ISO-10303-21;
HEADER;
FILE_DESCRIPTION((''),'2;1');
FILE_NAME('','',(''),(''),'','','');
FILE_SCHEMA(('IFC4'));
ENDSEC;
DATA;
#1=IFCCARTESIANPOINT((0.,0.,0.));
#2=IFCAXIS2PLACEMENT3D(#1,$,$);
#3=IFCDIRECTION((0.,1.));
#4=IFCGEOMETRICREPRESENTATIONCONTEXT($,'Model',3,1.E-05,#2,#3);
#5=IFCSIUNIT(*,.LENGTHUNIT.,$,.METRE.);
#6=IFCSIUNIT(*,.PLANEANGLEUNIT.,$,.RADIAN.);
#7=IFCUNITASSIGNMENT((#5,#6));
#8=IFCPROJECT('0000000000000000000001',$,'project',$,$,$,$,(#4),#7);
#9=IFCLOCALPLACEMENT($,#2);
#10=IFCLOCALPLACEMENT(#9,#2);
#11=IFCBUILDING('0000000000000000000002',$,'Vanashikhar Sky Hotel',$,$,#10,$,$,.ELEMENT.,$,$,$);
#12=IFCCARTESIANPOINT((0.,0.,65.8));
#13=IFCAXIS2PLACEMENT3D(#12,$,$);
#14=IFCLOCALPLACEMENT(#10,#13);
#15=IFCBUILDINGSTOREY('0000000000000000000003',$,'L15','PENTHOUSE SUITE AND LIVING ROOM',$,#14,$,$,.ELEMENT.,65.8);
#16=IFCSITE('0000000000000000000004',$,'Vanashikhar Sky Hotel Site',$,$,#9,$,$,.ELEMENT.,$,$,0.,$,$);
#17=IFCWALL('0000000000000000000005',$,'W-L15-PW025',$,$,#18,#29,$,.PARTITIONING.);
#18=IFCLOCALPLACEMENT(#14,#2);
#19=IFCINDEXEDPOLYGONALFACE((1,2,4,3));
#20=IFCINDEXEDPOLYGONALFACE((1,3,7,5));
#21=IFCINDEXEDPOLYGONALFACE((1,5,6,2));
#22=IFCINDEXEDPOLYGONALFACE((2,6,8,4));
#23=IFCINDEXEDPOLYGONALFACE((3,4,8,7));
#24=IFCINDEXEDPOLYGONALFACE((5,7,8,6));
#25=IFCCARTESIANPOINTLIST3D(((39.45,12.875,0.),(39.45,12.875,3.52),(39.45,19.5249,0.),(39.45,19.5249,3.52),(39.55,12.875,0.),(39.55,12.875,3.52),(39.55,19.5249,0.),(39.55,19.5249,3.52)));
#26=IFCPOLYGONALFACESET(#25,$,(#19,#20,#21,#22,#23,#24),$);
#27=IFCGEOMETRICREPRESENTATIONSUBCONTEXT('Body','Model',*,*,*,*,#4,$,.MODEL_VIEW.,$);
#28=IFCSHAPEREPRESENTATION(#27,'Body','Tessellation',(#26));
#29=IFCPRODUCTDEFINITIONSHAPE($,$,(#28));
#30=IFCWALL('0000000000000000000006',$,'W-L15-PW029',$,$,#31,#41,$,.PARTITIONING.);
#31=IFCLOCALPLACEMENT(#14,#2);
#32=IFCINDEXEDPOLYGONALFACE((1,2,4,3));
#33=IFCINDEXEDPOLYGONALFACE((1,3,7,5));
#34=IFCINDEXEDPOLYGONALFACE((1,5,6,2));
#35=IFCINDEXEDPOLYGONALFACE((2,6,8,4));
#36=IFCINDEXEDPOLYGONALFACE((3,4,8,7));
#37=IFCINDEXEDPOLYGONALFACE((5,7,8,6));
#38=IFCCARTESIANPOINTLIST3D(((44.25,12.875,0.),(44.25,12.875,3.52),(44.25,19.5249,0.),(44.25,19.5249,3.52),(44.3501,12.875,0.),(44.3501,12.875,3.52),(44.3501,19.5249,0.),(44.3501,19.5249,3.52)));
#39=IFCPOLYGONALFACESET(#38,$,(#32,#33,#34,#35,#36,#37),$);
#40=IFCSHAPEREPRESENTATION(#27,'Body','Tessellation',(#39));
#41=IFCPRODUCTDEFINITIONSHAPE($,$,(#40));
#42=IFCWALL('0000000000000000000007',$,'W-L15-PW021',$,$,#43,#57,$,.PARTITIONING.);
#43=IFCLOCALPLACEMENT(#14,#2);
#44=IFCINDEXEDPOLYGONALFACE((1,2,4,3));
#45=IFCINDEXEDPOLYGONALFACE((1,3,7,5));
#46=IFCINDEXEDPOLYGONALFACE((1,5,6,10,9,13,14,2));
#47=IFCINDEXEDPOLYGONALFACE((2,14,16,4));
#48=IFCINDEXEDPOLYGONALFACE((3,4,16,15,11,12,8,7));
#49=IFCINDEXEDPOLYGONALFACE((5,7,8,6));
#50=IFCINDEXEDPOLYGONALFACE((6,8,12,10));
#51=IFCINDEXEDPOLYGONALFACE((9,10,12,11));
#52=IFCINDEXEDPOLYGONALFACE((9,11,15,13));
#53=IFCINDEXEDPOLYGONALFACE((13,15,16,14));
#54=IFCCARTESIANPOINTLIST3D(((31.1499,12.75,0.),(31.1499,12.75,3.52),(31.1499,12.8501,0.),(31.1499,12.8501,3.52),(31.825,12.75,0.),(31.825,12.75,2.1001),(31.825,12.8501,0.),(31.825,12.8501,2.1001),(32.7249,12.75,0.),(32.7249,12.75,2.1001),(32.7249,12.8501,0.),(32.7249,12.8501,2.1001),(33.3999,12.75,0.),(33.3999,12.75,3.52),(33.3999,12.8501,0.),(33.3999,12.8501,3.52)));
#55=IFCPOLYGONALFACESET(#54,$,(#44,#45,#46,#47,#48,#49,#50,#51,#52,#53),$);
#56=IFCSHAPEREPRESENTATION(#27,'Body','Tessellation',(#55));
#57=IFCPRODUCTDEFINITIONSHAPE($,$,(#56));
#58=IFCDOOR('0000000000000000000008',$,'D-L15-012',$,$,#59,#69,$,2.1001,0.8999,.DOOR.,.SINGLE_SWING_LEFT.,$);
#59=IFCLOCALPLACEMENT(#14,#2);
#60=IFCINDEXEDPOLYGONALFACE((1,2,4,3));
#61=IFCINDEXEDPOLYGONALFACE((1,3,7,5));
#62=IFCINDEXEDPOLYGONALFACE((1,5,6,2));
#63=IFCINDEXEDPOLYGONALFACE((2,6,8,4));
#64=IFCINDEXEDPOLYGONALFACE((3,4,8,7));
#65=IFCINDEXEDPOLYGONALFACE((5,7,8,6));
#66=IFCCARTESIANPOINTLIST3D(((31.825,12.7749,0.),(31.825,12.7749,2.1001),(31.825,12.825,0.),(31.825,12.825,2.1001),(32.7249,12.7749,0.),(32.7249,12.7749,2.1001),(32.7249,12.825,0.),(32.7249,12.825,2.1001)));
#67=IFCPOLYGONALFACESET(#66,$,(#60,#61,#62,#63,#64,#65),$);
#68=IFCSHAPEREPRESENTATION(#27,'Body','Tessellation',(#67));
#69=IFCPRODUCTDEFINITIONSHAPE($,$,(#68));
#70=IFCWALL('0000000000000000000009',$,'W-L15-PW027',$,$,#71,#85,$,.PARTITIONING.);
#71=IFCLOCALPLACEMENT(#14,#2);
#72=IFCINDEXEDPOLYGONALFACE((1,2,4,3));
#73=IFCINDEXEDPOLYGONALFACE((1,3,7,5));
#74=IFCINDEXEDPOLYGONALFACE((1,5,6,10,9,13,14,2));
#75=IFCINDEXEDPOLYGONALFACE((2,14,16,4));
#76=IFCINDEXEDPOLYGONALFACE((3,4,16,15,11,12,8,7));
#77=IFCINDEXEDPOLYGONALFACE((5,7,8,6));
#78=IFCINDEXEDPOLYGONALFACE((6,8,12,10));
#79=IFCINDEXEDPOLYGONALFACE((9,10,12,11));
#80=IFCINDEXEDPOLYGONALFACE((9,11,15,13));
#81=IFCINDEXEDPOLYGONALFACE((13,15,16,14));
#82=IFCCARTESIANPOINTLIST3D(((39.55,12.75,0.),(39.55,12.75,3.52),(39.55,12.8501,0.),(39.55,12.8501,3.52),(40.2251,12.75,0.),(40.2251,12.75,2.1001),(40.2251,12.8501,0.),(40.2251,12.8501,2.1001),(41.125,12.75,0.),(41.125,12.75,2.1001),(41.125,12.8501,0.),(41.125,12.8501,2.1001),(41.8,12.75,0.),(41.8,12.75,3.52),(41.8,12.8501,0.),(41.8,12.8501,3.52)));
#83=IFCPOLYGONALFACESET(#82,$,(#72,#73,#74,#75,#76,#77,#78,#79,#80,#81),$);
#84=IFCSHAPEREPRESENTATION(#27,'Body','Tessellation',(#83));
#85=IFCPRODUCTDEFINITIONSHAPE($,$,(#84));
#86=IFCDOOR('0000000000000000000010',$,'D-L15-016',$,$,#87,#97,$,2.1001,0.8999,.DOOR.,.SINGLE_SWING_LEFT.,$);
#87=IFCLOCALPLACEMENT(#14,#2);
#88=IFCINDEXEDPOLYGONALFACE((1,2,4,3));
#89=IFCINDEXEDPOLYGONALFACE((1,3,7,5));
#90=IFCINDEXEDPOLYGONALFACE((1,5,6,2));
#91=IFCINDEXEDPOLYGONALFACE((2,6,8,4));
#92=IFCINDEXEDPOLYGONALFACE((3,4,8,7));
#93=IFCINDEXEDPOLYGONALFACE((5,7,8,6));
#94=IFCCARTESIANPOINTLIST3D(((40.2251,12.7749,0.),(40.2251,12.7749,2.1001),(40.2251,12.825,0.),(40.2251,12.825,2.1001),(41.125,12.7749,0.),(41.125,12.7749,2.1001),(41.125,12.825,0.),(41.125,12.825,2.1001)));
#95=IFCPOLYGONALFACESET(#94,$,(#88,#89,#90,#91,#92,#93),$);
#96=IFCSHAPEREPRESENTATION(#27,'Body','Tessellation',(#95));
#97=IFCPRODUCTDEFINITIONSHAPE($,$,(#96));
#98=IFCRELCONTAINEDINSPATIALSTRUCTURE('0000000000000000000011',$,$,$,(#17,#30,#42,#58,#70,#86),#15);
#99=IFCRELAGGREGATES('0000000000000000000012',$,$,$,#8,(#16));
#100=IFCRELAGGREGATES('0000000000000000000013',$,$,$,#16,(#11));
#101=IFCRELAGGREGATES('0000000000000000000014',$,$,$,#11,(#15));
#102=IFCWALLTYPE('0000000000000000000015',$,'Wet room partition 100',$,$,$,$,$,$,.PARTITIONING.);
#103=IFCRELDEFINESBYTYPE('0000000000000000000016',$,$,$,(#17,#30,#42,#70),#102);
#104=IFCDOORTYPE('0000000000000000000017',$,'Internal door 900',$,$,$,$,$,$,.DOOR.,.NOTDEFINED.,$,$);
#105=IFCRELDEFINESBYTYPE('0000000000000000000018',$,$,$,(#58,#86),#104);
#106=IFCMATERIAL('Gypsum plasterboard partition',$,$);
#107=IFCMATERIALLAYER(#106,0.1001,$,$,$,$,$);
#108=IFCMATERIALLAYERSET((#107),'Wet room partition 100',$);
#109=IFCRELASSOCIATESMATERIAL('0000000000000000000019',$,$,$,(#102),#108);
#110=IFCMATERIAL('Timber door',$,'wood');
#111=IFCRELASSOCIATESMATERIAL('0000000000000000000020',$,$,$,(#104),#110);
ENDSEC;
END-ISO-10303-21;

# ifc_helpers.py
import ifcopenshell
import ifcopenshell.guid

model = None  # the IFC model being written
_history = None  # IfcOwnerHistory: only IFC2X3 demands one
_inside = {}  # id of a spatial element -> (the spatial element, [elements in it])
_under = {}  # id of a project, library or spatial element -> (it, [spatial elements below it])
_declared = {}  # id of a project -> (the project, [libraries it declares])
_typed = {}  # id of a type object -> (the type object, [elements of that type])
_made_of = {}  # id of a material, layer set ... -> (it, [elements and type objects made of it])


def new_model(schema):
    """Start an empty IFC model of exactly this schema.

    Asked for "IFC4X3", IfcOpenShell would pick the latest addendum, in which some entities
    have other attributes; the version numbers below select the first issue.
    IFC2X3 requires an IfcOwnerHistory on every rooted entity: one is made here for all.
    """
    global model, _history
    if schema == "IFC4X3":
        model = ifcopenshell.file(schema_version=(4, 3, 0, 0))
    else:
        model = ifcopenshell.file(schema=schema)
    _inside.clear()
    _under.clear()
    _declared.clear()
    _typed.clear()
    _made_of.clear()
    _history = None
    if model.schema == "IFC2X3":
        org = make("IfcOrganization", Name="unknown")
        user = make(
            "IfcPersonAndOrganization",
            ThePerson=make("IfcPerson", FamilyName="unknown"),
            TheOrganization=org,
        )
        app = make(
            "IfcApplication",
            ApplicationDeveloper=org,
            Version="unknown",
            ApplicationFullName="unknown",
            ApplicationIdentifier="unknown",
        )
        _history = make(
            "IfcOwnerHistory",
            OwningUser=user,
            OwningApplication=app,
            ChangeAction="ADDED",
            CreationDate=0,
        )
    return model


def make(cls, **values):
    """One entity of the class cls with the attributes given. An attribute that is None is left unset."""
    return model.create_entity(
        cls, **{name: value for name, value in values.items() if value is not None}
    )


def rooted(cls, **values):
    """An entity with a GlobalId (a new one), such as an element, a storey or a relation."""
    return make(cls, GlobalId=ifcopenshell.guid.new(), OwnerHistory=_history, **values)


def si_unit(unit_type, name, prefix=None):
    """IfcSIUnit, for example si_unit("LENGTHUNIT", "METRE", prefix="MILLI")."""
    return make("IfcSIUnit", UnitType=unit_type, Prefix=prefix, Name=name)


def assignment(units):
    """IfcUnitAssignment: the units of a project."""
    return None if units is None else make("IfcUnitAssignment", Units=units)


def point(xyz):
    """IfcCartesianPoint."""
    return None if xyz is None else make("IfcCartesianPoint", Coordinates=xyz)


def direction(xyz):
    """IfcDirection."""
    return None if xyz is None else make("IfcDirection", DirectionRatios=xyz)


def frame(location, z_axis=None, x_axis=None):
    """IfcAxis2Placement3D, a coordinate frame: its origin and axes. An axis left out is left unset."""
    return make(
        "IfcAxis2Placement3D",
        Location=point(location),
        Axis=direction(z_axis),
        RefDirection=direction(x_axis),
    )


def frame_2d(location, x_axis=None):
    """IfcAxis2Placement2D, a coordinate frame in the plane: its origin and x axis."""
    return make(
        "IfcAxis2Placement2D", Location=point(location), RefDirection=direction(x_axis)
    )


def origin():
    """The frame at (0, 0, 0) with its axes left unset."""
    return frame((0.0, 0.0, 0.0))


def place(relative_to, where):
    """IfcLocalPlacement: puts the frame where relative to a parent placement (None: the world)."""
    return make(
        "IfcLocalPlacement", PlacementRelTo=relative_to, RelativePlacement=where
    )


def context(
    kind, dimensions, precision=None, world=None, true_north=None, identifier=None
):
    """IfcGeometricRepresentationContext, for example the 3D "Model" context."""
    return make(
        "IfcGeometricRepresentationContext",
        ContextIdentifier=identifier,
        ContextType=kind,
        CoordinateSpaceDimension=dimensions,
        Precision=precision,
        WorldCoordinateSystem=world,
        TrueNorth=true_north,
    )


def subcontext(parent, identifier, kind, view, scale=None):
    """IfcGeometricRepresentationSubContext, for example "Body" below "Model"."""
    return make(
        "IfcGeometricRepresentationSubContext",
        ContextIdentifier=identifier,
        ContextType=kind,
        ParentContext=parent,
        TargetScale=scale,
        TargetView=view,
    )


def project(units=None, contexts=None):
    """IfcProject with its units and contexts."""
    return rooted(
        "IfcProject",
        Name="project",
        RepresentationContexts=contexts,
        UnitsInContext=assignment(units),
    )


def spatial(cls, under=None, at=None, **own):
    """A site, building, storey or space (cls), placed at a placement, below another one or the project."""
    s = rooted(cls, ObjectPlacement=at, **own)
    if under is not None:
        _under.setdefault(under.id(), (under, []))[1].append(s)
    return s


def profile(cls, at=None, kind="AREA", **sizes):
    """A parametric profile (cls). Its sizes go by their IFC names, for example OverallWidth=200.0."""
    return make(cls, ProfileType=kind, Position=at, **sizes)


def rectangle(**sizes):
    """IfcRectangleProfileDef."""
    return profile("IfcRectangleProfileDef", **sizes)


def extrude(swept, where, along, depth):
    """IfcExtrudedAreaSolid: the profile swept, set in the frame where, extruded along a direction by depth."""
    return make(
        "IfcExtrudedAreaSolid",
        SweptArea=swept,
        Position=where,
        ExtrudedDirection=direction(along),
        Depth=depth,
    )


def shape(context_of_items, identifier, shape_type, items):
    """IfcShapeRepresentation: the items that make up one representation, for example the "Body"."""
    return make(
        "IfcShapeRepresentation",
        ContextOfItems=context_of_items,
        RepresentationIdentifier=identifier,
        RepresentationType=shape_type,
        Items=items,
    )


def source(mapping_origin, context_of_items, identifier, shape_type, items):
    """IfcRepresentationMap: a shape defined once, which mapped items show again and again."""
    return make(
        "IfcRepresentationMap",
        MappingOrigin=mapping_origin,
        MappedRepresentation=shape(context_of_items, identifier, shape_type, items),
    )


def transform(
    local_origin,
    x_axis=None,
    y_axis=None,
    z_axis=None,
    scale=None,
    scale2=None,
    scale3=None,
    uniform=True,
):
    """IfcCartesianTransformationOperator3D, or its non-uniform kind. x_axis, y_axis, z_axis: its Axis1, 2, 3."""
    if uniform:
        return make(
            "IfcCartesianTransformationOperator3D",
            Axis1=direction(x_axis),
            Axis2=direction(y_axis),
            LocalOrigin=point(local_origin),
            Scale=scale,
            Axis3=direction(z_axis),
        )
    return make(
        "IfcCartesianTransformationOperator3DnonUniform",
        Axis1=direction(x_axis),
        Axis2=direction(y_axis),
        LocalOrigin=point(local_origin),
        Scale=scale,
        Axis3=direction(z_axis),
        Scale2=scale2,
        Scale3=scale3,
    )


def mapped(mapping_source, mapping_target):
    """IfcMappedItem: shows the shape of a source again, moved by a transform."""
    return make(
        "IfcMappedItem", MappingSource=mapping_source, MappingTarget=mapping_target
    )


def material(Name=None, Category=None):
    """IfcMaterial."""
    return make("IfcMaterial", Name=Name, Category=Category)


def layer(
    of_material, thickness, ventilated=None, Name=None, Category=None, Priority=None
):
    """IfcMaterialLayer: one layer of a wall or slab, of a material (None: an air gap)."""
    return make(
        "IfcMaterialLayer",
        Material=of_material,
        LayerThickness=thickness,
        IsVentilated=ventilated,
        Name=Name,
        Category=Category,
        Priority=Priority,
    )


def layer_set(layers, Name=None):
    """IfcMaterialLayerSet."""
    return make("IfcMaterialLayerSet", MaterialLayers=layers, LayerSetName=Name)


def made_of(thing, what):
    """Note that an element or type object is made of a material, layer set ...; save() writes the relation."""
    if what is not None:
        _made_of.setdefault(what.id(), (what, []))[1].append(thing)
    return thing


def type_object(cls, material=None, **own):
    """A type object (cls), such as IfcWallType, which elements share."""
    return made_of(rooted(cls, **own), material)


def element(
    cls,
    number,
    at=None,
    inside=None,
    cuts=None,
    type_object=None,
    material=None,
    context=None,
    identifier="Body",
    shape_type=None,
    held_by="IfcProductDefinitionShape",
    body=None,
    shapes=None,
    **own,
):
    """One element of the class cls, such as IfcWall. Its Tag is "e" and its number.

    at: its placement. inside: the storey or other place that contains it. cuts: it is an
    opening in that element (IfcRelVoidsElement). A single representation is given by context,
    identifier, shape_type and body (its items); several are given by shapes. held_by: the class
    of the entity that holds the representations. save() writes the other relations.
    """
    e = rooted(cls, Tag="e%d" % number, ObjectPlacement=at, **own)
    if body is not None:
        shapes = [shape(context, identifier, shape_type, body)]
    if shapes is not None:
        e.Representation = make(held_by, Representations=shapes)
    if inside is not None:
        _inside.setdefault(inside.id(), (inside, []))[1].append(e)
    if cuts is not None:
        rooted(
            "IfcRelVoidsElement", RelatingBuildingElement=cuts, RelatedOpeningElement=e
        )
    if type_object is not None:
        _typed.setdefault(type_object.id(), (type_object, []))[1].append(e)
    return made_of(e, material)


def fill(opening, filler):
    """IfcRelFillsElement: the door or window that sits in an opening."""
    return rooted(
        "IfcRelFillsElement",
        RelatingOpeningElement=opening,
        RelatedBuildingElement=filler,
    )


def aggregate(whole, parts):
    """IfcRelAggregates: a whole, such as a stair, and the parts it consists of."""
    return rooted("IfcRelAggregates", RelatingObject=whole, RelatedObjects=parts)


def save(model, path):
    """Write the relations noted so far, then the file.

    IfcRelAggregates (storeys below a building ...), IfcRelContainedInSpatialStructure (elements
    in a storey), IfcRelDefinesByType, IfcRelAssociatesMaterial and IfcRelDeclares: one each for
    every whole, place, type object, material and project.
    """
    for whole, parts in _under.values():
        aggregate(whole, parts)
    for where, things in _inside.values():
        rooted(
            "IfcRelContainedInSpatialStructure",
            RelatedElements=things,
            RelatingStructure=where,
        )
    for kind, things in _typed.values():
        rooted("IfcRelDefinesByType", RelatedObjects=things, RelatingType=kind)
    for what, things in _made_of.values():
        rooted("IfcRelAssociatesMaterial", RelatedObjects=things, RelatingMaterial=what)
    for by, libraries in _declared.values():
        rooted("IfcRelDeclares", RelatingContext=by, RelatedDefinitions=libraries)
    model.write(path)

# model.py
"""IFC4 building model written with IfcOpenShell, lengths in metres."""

from ifc_helpers import new_model, si_unit, direction, frame, frame_2d, origin, place, context, subcontext, project, spatial, rectangle, extrude, source, transform, mapped, material, layer, layer_set, type_object, element, fill, save


model = new_model("IFC4")

# Units and contexts
model_context = context("Model", 3, precision=1e-05, world=origin(), true_north=direction((0.0, 1.0)))
body_context = subcontext(model_context, "Body", "Model", "MODEL_VIEW")
ifc_project = project(units=[si_unit("LENGTHUNIT", "METRE"), si_unit("PLANEANGLEUNIT", "RADIAN")], contexts=[model_context])

# Site, building, storey
site_placement = place(None, origin())
site = spatial("IfcSite", under=ifc_project, at=site_placement, Name="Vanashikhar Sky Hotel Site", CompositionType="ELEMENT", RefElevation=0.0)
building_placement = place(site_placement, origin())
building = spatial("IfcBuilding", under=site, at=building_placement, Name="Vanashikhar Sky Hotel", CompositionType="ELEMENT")
storey_placement = place(building_placement, frame((0.0, 0.0, 65.8)))
storey = spatial("IfcBuildingStorey", under=building, at=storey_placement, Name="L15", Description="PENTHOUSE SUITE AND LIVING ROOM", CompositionType="ELEMENT", Elevation=65.8)

# Shared definitions
ifc_material_1 = material(Name="Gypsum plasterboard partition")
ifc_layer_1 = layer(ifc_material_1, 0.1001)
ifc_layer_set_1 = layer_set([ifc_layer_1], Name="Wet room partition 100")
wall_type_1 = type_object("IfcWallType", Name="Wet room partition 100", PredefinedType="PARTITIONING", material=ifc_layer_set_1)
shared_shape_1 = source(origin(), body_context, "Body", "SweptSolid", [
    extrude(rectangle(XDim=0.8999, YDim=2.1001, at=frame_2d((0.45, 1.05))), frame((0.0, 0.0601, 0.0), z_axis=(0.0, -1.0, 0.0), x_axis=(1.0, 0.0, 0.0)), (0.0, 0.0, 1.0), 0.1201),
])
ifc_material_2 = material(Name="Timber door", Category="wood")
door_type = type_object("IfcDoorType", Name="Internal door 900", OperationType="NOTDEFINED", PredefinedType="DOOR", material=ifc_material_2)
shared_shape_2 = source(origin(), body_context, "Body", "SweptSolid", [
    extrude(rectangle(XDim=0.8999, YDim=2.1001, at=frame_2d((0.45, 1.05))), frame((0.0, 0.0249, 0.0), z_axis=(0.0, -1.0, 0.0), x_axis=(1.0, 0.0, 0.0)), (0.0, 0.0, 1.0), 0.05),
])

# Walls
shared_shape_3 = source(origin(), body_context, "Body", "SweptSolid", [
    extrude(rectangle(XDim=6.6499, YDim=0.1001, at=frame_2d((3.325, 0.0))), origin(), (0.0, 0.0, 1.0), 3.52),
])
for number, where, z_axis, x_axis, name in (
    (1, (39.5, 12.875, 0.0), (0.0, 0.0, 1.0), (0.0, 1.0, 0.0), "W-L15-PW025"),
    (2, (44.3, 12.875, 0.0), (0.0, 0.0, 1.0), (0.0, 1.0, 0.0), "W-L15-PW029"),
):
    element("IfcWall", number, at=place(storey_placement, frame(where, z_axis=z_axis, x_axis=x_axis)), inside=storey, type_object=wall_type_1, Name=name, PredefinedType="PARTITIONING", context=body_context, shape_type="MappedRepresentation", body=[
        mapped(shared_shape_3, transform((0.0, 0.0, 0.0), scale=1.0)),
    ])

# Walls, openings, doors
shared_shape_4 = source(origin(), body_context, "Body", "SweptSolid", [
    extrude(rectangle(XDim=2.25, YDim=0.1001, at=frame_2d((1.125, 0.0))), origin(), (0.0, 0.0, 1.0), 3.52),
])
wall_1_placement = place(storey_placement, frame((31.1499, 12.8, 0.0), z_axis=(0.0, 0.0, 1.0), x_axis=(1.0, 0.0, 0.0)))
wall_1 = element("IfcWall", 3, at=wall_1_placement, inside=storey, type_object=wall_type_1, Name="W-L15-PW021", PredefinedType="PARTITIONING", context=body_context, shape_type="MappedRepresentation", body=[
    mapped(shared_shape_4, transform((0.0, 0.0, 0.0), scale=1.0)),
])
opening_1_placement = place(wall_1_placement, frame((0.675, 0.0, 0.0)))
opening_1 = element("IfcOpeningElement", 4, at=opening_1_placement, cuts=wall_1, PredefinedType="OPENING", context=body_context, shape_type="MappedRepresentation", body=[
    mapped(shared_shape_1, transform((0.0, 0.0, 0.0), scale=1.0)),
])
door_1_placement = place(opening_1_placement, origin())
door_1 = element("IfcDoor", 5, at=door_1_placement, inside=storey, type_object=door_type, Name="D-L15-012", OperationType="SINGLE_SWING_LEFT", OverallHeight=2.1001, OverallWidth=0.8999, PredefinedType="DOOR", context=body_context, shape_type="MappedRepresentation", body=[
    mapped(shared_shape_2, transform((0.0, 0.0, 0.0), scale=1.0)),
])
fill(opening_1, door_1)
wall_2_placement = place(storey_placement, frame((39.55, 12.8, 0.0), z_axis=(0.0, 0.0, 1.0), x_axis=(1.0, 0.0, 0.0)))
wall_2 = element("IfcWall", 6, at=wall_2_placement, inside=storey, type_object=wall_type_1, Name="W-L15-PW027", PredefinedType="PARTITIONING", context=body_context, shape_type="MappedRepresentation", body=[
    mapped(shared_shape_4, transform((0.0, 0.0, 0.0), scale=1.0)),
])
opening_2_placement = place(wall_2_placement, frame((0.675, 0.0, 0.0)))
opening_2 = element("IfcOpeningElement", 7, at=opening_2_placement, cuts=wall_2, PredefinedType="OPENING", context=body_context, shape_type="MappedRepresentation", body=[
    mapped(shared_shape_1, transform((0.0, 0.0, 0.0), scale=1.0)),
])
door_2_placement = place(opening_2_placement, origin())
door_2 = element("IfcDoor", 8, at=door_2_placement, inside=storey, type_object=door_type, Name="D-L15-016", OperationType="SINGLE_SWING_LEFT", OverallHeight=2.1001, OverallWidth=0.8999, PredefinedType="DOOR", context=body_context, shape_type="MappedRepresentation", body=[
    mapped(shared_shape_2, transform((0.0, 0.0, 0.0), scale=1.0)),
])
fill(opening_2, door_2)

save(model, "model.ifc")
